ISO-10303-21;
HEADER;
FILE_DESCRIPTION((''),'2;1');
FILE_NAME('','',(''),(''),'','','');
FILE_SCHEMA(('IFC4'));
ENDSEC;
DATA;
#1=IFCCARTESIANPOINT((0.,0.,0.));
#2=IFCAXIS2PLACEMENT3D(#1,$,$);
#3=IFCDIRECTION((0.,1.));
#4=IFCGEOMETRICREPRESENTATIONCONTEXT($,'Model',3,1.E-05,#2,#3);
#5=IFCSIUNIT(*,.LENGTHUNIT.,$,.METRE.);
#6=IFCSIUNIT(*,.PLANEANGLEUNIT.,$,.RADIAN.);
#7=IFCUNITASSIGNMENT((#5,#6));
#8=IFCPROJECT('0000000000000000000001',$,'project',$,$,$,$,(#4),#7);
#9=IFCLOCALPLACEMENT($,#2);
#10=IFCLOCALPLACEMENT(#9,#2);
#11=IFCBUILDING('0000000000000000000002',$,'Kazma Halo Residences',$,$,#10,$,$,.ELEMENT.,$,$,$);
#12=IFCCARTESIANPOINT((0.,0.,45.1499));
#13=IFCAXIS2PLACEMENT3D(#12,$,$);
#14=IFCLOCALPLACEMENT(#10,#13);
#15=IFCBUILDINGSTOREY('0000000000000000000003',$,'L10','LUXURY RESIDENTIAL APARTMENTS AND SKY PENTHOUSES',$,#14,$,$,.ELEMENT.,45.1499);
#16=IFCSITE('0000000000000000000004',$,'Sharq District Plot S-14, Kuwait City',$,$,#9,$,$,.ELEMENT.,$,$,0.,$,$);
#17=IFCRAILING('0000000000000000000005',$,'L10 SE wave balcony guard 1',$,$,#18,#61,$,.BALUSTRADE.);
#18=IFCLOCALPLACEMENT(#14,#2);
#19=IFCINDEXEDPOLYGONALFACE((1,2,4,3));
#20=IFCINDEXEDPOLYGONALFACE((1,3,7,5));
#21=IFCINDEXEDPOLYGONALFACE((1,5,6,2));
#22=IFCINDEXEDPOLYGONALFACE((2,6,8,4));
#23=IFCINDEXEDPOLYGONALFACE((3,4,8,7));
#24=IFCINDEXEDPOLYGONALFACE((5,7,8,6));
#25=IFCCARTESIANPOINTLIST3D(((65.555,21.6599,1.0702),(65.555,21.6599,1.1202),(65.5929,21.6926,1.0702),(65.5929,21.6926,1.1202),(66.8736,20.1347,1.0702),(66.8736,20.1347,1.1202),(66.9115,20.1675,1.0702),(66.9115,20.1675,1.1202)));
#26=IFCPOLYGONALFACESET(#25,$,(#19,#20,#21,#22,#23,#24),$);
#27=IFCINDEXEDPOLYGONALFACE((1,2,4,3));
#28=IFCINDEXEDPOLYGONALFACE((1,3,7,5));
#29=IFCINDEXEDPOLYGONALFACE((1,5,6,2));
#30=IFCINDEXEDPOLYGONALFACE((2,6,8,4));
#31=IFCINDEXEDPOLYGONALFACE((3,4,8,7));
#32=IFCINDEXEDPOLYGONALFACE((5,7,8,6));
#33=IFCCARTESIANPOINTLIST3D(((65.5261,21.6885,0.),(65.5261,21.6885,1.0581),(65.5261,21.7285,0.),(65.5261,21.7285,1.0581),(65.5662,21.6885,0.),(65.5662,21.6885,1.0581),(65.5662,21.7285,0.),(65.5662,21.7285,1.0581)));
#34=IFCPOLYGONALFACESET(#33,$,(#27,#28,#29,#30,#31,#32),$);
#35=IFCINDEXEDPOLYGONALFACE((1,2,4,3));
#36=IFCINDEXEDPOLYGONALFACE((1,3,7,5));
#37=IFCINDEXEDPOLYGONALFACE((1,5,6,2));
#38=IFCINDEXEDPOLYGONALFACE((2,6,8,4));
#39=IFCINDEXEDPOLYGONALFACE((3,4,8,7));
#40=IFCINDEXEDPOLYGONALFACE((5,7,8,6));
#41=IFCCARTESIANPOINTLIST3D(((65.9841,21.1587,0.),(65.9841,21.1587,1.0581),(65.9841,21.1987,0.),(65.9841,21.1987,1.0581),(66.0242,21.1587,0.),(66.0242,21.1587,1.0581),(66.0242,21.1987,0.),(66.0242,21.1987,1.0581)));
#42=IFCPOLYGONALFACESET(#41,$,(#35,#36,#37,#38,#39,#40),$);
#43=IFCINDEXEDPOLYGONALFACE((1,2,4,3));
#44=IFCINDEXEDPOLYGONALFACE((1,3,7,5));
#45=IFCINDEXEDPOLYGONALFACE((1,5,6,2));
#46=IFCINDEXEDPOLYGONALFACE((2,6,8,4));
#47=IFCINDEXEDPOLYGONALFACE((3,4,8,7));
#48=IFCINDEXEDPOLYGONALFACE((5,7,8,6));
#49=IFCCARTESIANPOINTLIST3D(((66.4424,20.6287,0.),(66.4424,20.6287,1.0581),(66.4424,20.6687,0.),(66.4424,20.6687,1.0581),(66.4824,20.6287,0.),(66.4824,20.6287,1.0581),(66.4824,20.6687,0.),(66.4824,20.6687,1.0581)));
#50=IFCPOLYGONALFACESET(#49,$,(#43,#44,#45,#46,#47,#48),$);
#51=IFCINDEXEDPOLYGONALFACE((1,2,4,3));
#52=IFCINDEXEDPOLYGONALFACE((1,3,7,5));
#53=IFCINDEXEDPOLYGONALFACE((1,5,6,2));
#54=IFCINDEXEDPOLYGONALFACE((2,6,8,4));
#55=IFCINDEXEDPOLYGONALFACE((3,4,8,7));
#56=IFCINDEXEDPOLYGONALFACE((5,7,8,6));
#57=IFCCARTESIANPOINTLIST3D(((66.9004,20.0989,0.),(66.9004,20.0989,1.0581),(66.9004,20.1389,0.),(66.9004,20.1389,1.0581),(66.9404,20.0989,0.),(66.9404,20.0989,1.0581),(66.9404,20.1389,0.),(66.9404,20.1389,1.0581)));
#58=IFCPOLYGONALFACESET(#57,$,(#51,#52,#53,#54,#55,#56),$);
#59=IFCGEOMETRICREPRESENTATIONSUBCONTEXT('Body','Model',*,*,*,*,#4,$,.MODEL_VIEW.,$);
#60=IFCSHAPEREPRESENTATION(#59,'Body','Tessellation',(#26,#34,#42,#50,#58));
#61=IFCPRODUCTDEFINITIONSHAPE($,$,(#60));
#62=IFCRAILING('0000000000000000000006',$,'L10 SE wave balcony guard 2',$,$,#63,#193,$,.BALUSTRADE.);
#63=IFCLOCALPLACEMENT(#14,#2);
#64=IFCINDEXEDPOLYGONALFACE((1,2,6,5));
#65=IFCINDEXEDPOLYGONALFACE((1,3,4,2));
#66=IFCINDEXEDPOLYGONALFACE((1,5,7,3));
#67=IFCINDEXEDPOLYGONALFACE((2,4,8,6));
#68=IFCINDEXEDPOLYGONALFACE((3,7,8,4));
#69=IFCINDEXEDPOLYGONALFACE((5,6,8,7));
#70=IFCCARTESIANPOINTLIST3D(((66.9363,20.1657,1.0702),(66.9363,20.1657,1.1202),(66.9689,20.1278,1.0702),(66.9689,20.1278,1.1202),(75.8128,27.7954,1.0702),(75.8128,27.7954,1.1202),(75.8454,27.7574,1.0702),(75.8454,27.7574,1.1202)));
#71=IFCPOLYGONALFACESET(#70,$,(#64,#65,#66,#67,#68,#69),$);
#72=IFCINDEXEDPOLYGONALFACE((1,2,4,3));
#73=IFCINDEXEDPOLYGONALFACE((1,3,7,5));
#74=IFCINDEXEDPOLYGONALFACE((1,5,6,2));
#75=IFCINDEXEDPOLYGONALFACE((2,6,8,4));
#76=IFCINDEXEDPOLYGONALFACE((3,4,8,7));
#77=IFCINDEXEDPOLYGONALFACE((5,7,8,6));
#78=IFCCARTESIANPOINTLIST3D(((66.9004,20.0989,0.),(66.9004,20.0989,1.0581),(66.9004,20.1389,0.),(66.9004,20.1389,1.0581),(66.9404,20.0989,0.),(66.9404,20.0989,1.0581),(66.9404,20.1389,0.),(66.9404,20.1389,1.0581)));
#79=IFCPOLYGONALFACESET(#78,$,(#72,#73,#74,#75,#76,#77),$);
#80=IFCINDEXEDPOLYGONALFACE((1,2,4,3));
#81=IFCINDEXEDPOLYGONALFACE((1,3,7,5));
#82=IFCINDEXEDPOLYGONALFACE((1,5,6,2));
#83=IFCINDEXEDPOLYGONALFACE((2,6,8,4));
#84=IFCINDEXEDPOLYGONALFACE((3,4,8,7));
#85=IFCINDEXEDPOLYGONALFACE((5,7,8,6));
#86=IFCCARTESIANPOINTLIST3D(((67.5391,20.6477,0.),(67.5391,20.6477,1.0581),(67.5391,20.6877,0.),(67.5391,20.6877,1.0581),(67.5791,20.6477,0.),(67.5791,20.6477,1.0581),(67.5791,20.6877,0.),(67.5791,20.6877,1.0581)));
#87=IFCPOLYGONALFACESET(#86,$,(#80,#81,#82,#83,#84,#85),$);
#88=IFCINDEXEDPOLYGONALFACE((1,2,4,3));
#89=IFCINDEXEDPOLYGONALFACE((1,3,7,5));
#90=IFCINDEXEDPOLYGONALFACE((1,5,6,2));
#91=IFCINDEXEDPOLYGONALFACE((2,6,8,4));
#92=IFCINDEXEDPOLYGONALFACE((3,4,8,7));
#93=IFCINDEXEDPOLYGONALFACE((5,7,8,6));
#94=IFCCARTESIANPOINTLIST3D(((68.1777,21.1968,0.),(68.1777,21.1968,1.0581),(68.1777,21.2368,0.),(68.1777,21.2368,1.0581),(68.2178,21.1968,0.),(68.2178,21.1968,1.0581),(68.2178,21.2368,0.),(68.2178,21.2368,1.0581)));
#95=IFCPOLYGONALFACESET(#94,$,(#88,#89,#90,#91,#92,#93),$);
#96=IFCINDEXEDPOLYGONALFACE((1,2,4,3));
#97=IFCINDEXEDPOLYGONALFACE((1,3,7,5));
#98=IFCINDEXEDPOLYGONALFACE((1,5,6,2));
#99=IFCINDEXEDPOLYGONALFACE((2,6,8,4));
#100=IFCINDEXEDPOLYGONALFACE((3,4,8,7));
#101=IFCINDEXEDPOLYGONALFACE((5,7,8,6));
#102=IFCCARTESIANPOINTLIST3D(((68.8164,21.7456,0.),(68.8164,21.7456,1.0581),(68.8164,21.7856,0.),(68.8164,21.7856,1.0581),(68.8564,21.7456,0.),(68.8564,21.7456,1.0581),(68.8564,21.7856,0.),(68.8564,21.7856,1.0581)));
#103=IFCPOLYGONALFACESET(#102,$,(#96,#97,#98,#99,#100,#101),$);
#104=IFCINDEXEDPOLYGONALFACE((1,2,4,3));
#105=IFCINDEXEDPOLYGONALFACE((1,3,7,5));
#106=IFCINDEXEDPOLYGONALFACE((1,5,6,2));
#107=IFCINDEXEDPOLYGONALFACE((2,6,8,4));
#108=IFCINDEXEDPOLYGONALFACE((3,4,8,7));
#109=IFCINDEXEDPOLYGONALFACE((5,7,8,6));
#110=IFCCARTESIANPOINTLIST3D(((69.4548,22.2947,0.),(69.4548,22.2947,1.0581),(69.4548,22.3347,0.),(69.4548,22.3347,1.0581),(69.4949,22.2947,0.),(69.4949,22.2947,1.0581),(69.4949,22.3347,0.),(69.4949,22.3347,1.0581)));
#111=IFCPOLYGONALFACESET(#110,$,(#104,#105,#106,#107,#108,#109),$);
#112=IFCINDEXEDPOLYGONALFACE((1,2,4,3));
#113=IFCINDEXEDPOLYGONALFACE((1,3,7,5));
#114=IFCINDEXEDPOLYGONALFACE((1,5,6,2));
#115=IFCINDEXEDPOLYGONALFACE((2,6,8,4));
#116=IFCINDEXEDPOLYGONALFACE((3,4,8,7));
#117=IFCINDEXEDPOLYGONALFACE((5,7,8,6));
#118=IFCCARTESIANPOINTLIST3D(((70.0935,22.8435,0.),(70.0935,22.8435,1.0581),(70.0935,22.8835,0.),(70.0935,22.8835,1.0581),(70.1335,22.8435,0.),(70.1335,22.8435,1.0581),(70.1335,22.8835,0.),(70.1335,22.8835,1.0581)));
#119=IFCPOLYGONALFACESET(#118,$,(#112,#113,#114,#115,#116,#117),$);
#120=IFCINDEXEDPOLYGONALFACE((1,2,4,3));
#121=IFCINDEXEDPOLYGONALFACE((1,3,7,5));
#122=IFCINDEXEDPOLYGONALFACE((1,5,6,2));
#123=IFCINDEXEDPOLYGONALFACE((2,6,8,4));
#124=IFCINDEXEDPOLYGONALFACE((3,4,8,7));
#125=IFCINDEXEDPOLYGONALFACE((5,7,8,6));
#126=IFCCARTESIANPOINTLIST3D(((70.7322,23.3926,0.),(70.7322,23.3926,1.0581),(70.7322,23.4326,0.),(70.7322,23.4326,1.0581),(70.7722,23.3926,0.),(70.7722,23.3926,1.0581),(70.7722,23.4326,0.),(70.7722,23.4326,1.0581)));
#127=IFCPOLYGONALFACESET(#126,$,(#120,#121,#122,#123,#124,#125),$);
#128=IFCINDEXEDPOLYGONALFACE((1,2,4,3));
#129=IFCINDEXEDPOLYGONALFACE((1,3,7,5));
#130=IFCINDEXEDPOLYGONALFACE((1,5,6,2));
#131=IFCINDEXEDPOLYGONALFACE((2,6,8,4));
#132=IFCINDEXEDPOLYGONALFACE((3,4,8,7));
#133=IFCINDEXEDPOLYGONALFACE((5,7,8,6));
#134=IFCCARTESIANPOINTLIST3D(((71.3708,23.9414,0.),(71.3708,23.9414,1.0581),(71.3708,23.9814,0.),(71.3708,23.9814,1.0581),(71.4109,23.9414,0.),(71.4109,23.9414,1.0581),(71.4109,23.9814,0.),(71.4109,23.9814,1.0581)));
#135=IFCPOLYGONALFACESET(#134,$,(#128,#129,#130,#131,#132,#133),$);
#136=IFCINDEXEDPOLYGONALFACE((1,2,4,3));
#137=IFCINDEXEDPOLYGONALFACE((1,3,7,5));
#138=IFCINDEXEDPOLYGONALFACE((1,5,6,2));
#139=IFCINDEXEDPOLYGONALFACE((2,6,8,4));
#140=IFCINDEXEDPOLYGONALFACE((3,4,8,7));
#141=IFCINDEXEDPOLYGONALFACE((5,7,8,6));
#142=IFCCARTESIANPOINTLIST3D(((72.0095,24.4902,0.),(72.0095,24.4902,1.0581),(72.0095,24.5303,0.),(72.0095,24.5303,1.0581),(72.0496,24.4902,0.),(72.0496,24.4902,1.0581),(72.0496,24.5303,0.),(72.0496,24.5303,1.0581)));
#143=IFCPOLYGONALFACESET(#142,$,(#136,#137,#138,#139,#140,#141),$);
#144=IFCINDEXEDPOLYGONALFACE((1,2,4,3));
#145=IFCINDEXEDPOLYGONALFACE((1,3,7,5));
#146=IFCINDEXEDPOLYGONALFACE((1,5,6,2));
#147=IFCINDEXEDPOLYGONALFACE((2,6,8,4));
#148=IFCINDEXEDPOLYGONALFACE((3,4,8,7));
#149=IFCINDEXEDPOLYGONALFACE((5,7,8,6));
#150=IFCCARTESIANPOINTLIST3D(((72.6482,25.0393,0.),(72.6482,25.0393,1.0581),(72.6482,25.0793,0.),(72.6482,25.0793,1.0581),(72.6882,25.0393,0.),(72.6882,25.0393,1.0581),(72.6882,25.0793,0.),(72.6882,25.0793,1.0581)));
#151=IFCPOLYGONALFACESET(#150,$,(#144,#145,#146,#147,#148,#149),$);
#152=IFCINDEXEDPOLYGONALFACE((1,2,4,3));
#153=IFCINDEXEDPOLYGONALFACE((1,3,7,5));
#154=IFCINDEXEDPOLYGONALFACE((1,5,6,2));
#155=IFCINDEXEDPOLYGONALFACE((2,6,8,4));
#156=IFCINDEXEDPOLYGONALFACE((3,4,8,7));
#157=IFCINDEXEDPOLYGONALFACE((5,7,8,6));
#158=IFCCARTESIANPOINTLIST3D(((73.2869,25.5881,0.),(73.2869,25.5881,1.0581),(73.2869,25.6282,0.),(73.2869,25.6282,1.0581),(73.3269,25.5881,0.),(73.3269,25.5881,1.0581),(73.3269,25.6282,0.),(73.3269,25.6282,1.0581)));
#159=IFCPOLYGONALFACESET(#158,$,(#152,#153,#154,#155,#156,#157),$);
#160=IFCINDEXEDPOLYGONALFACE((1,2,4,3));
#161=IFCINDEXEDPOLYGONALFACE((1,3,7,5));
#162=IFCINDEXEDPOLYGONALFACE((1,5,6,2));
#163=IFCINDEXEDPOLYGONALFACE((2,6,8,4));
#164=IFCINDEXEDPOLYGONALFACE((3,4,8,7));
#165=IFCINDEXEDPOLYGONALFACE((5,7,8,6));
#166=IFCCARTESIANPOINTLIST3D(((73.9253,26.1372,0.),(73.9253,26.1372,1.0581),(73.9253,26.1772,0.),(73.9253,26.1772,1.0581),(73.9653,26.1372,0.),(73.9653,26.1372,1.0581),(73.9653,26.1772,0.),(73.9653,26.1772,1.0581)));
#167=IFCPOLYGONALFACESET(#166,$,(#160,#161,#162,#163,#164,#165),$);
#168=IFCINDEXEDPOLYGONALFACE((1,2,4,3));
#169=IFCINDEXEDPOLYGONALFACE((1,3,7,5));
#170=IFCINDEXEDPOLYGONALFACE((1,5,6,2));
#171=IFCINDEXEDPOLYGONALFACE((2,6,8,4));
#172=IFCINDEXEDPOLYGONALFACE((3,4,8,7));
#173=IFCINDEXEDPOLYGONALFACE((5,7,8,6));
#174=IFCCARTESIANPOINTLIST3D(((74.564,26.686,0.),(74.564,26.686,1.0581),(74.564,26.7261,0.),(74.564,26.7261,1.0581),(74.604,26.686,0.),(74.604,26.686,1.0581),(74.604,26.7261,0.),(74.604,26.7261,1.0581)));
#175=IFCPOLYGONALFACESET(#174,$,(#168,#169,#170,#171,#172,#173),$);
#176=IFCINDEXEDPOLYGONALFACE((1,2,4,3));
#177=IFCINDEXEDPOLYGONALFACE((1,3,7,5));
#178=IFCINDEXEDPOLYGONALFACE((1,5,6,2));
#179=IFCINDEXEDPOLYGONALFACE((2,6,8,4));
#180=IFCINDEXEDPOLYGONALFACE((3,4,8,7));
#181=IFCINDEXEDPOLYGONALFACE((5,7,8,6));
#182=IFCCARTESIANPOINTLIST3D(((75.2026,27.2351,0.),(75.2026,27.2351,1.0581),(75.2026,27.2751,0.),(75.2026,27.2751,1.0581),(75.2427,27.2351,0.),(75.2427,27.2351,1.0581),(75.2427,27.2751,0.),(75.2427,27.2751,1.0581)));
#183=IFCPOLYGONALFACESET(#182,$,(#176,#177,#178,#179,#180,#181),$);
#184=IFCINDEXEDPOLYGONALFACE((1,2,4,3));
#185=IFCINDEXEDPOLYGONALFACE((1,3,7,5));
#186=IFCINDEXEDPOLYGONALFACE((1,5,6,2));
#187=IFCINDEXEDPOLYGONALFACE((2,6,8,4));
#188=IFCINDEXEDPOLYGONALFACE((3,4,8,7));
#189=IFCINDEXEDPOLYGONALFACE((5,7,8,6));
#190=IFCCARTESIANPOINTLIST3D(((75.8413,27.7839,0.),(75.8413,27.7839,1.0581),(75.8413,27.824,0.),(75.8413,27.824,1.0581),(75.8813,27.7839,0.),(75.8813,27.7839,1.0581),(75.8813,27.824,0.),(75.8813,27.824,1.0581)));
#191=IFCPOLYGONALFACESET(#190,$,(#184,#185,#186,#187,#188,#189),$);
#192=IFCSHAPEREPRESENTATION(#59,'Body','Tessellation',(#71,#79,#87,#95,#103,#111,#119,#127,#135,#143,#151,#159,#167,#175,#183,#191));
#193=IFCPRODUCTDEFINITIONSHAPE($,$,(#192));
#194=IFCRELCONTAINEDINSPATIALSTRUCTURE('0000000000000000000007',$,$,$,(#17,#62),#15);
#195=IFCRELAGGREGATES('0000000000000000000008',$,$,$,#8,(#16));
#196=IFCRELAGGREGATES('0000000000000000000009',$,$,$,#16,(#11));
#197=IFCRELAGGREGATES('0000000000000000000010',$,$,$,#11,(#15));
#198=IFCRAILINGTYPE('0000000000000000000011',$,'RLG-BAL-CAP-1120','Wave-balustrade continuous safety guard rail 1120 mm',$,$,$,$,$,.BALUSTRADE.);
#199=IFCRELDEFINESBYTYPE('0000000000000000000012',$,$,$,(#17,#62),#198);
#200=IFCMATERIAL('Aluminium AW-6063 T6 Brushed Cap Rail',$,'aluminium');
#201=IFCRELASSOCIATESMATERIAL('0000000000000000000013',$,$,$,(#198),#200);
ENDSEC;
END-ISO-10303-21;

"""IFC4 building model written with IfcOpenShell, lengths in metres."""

from ifc_helpers import new_model, si_unit, direction, frame, origin, origin_2d, place, context, subcontext, project, spatial, rectangle, extrude, material, type_object, element, save


model = new_model("IFC4")

# Units and contexts
model_context = context("Model", 3, precision=1e-05, world=origin(), true_north=direction((0.0, 1.0)))
body_context = subcontext(model_context, "Body", "Model", "MODEL_VIEW")
ifc_project = project(units=[si_unit("LENGTHUNIT", "METRE"), si_unit("PLANEANGLEUNIT", "RADIAN")], contexts=[model_context])

# Site, building, storey
site_placement = place(None, origin())
site = spatial("IfcSite", under=ifc_project, at=site_placement, Name="Sharq District Plot S-14, Kuwait City", CompositionType="ELEMENT", RefElevation=0.0)
building_placement = place(site_placement, origin())
building = spatial("IfcBuilding", under=site, at=building_placement, Name="Kazma Halo Residences", CompositionType="ELEMENT")
storey_placement = place(building_placement, frame((0.0, 0.0, 45.1499)))
storey = spatial("IfcBuildingStorey", under=building, at=storey_placement, Name="L10", Description="LUXURY RESIDENTIAL APARTMENTS AND SKY PENTHOUSES", CompositionType="ELEMENT", Elevation=45.1499)

# Railings
ifc_material_1 = material(Name="Aluminium AW-6063 T6 Brushed Cap Rail", Category="aluminium")
railing_type = type_object("IfcRailingType", Name="RLG-BAL-CAP-1120", Description="Wave-balustrade continuous safety guard rail 1120 mm", PredefinedType="BALUSTRADE", material=ifc_material_1)
railing_1_placement = place(storey_placement, frame((65.5461, 21.7085, 0.0)))
element("IfcRailing", 1, at=railing_1_placement, inside=storey, type_object=railing_type, Name="L10 SE wave balcony guard 1", PredefinedType="BALUSTRADE", context=body_context, shape_type="SweptSolid", body=[
    extrude(rectangle(XDim=0.05, YDim=0.05, at=origin_2d()), frame((0.0278, -0.0322, 1.0952), z_axis=(0.65401, -0.756486, 0.0), x_axis=(0.756486, 0.65401, 0.0)), (0.0, 0.0, 1.0), 2.0161),
    extrude(rectangle(XDim=0.04, YDim=0.04, at=origin_2d()), origin(), (0.0, 0.0, 1.0), 1.0581),
    extrude(rectangle(XDim=0.04, YDim=0.04, at=origin_2d()), frame((0.458, -0.5298, 0.0)), (0.0, 0.0, 1.0), 1.0581),
    extrude(rectangle(XDim=0.04, YDim=0.04, at=origin_2d()), frame((0.9163, -1.0598, 0.0)), (0.0, 0.0, 1.0), 1.0581),
    extrude(rectangle(XDim=0.04, YDim=0.04, at=origin_2d()), frame((1.3743, -1.5896, 0.0)), (0.0, 0.0, 1.0), 1.0581),
])
railing_2_placement = place(storey_placement, frame((66.9204, 20.1189, 0.0)))
element("IfcRailing", 2, at=railing_2_placement, inside=storey, type_object=railing_type, Name="L10 SE wave balcony guard 2", PredefinedType="BALUSTRADE", context=body_context, shape_type="SweptSolid", body=[
    extrude(rectangle(XDim=0.05, YDim=0.05, at=origin_2d()), frame((0.0322, 0.0278, 1.0952), z_axis=(0.758358, 0.651838, 0.0), x_axis=(-0.651838, 0.758358, 0.0)), (0.0, 0.0, 1.0), 11.7048),
    extrude(rectangle(XDim=0.04, YDim=0.04, at=origin_2d()), origin(), (0.0, 0.0, 1.0), 1.0581),
    extrude(rectangle(XDim=0.04, YDim=0.04, at=origin_2d()), frame((0.6387, 0.5488, 0.0)), (0.0, 0.0, 1.0), 1.0581),
    extrude(rectangle(XDim=0.04, YDim=0.04, at=origin_2d()), frame((1.2773, 1.0979, 0.0)), (0.0, 0.0, 1.0), 1.0581),
    extrude(rectangle(XDim=0.04, YDim=0.04, at=origin_2d()), frame((1.916, 1.6467, 0.0)), (0.0, 0.0, 1.0), 1.0581),
    extrude(rectangle(XDim=0.04, YDim=0.04, at=origin_2d()), frame((2.5544, 2.1958, 0.0)), (0.0, 0.0, 1.0), 1.0581),
    extrude(rectangle(XDim=0.04, YDim=0.04, at=origin_2d()), frame((3.1931, 2.7446, 0.0)), (0.0, 0.0, 1.0), 1.0581),
    extrude(rectangle(XDim=0.04, YDim=0.04, at=origin_2d()), frame((3.8318, 3.2937, 0.0)), (0.0, 0.0, 1.0), 1.0581),
    extrude(rectangle(XDim=0.04, YDim=0.04, at=origin_2d()), frame((4.4705, 3.8425, 0.0)), (0.0, 0.0, 1.0), 1.0581),
    extrude(rectangle(XDim=0.04, YDim=0.04, at=origin_2d()), frame((5.1091, 4.3914, 0.0)), (0.0, 0.0, 1.0), 1.0581),
    extrude(rectangle(XDim=0.04, YDim=0.04, at=origin_2d()), frame((5.7478, 4.9404, 0.0)), (0.0, 0.0, 1.0), 1.0581),
    extrude(rectangle(XDim=0.04, YDim=0.04, at=origin_2d()), frame((6.3865, 5.4893, 0.0)), (0.0, 0.0, 1.0), 1.0581),
    extrude(rectangle(XDim=0.04, YDim=0.04, at=origin_2d()), frame((7.0249, 6.0383, 0.0)), (0.0, 0.0, 1.0), 1.0581),
    extrude(rectangle(XDim=0.04, YDim=0.04, at=origin_2d()), frame((7.6636, 6.5872, 0.0)), (0.0, 0.0, 1.0), 1.0581),
    extrude(rectangle(XDim=0.04, YDim=0.04, at=origin_2d()), frame((8.3022, 7.1362, 0.0)), (0.0, 0.0, 1.0), 1.0581),
    extrude(rectangle(XDim=0.04, YDim=0.04, at=origin_2d()), frame((8.9409, 7.6851, 0.0)), (0.0, 0.0, 1.0), 1.0581),
])

save(model, "model.ifc")
